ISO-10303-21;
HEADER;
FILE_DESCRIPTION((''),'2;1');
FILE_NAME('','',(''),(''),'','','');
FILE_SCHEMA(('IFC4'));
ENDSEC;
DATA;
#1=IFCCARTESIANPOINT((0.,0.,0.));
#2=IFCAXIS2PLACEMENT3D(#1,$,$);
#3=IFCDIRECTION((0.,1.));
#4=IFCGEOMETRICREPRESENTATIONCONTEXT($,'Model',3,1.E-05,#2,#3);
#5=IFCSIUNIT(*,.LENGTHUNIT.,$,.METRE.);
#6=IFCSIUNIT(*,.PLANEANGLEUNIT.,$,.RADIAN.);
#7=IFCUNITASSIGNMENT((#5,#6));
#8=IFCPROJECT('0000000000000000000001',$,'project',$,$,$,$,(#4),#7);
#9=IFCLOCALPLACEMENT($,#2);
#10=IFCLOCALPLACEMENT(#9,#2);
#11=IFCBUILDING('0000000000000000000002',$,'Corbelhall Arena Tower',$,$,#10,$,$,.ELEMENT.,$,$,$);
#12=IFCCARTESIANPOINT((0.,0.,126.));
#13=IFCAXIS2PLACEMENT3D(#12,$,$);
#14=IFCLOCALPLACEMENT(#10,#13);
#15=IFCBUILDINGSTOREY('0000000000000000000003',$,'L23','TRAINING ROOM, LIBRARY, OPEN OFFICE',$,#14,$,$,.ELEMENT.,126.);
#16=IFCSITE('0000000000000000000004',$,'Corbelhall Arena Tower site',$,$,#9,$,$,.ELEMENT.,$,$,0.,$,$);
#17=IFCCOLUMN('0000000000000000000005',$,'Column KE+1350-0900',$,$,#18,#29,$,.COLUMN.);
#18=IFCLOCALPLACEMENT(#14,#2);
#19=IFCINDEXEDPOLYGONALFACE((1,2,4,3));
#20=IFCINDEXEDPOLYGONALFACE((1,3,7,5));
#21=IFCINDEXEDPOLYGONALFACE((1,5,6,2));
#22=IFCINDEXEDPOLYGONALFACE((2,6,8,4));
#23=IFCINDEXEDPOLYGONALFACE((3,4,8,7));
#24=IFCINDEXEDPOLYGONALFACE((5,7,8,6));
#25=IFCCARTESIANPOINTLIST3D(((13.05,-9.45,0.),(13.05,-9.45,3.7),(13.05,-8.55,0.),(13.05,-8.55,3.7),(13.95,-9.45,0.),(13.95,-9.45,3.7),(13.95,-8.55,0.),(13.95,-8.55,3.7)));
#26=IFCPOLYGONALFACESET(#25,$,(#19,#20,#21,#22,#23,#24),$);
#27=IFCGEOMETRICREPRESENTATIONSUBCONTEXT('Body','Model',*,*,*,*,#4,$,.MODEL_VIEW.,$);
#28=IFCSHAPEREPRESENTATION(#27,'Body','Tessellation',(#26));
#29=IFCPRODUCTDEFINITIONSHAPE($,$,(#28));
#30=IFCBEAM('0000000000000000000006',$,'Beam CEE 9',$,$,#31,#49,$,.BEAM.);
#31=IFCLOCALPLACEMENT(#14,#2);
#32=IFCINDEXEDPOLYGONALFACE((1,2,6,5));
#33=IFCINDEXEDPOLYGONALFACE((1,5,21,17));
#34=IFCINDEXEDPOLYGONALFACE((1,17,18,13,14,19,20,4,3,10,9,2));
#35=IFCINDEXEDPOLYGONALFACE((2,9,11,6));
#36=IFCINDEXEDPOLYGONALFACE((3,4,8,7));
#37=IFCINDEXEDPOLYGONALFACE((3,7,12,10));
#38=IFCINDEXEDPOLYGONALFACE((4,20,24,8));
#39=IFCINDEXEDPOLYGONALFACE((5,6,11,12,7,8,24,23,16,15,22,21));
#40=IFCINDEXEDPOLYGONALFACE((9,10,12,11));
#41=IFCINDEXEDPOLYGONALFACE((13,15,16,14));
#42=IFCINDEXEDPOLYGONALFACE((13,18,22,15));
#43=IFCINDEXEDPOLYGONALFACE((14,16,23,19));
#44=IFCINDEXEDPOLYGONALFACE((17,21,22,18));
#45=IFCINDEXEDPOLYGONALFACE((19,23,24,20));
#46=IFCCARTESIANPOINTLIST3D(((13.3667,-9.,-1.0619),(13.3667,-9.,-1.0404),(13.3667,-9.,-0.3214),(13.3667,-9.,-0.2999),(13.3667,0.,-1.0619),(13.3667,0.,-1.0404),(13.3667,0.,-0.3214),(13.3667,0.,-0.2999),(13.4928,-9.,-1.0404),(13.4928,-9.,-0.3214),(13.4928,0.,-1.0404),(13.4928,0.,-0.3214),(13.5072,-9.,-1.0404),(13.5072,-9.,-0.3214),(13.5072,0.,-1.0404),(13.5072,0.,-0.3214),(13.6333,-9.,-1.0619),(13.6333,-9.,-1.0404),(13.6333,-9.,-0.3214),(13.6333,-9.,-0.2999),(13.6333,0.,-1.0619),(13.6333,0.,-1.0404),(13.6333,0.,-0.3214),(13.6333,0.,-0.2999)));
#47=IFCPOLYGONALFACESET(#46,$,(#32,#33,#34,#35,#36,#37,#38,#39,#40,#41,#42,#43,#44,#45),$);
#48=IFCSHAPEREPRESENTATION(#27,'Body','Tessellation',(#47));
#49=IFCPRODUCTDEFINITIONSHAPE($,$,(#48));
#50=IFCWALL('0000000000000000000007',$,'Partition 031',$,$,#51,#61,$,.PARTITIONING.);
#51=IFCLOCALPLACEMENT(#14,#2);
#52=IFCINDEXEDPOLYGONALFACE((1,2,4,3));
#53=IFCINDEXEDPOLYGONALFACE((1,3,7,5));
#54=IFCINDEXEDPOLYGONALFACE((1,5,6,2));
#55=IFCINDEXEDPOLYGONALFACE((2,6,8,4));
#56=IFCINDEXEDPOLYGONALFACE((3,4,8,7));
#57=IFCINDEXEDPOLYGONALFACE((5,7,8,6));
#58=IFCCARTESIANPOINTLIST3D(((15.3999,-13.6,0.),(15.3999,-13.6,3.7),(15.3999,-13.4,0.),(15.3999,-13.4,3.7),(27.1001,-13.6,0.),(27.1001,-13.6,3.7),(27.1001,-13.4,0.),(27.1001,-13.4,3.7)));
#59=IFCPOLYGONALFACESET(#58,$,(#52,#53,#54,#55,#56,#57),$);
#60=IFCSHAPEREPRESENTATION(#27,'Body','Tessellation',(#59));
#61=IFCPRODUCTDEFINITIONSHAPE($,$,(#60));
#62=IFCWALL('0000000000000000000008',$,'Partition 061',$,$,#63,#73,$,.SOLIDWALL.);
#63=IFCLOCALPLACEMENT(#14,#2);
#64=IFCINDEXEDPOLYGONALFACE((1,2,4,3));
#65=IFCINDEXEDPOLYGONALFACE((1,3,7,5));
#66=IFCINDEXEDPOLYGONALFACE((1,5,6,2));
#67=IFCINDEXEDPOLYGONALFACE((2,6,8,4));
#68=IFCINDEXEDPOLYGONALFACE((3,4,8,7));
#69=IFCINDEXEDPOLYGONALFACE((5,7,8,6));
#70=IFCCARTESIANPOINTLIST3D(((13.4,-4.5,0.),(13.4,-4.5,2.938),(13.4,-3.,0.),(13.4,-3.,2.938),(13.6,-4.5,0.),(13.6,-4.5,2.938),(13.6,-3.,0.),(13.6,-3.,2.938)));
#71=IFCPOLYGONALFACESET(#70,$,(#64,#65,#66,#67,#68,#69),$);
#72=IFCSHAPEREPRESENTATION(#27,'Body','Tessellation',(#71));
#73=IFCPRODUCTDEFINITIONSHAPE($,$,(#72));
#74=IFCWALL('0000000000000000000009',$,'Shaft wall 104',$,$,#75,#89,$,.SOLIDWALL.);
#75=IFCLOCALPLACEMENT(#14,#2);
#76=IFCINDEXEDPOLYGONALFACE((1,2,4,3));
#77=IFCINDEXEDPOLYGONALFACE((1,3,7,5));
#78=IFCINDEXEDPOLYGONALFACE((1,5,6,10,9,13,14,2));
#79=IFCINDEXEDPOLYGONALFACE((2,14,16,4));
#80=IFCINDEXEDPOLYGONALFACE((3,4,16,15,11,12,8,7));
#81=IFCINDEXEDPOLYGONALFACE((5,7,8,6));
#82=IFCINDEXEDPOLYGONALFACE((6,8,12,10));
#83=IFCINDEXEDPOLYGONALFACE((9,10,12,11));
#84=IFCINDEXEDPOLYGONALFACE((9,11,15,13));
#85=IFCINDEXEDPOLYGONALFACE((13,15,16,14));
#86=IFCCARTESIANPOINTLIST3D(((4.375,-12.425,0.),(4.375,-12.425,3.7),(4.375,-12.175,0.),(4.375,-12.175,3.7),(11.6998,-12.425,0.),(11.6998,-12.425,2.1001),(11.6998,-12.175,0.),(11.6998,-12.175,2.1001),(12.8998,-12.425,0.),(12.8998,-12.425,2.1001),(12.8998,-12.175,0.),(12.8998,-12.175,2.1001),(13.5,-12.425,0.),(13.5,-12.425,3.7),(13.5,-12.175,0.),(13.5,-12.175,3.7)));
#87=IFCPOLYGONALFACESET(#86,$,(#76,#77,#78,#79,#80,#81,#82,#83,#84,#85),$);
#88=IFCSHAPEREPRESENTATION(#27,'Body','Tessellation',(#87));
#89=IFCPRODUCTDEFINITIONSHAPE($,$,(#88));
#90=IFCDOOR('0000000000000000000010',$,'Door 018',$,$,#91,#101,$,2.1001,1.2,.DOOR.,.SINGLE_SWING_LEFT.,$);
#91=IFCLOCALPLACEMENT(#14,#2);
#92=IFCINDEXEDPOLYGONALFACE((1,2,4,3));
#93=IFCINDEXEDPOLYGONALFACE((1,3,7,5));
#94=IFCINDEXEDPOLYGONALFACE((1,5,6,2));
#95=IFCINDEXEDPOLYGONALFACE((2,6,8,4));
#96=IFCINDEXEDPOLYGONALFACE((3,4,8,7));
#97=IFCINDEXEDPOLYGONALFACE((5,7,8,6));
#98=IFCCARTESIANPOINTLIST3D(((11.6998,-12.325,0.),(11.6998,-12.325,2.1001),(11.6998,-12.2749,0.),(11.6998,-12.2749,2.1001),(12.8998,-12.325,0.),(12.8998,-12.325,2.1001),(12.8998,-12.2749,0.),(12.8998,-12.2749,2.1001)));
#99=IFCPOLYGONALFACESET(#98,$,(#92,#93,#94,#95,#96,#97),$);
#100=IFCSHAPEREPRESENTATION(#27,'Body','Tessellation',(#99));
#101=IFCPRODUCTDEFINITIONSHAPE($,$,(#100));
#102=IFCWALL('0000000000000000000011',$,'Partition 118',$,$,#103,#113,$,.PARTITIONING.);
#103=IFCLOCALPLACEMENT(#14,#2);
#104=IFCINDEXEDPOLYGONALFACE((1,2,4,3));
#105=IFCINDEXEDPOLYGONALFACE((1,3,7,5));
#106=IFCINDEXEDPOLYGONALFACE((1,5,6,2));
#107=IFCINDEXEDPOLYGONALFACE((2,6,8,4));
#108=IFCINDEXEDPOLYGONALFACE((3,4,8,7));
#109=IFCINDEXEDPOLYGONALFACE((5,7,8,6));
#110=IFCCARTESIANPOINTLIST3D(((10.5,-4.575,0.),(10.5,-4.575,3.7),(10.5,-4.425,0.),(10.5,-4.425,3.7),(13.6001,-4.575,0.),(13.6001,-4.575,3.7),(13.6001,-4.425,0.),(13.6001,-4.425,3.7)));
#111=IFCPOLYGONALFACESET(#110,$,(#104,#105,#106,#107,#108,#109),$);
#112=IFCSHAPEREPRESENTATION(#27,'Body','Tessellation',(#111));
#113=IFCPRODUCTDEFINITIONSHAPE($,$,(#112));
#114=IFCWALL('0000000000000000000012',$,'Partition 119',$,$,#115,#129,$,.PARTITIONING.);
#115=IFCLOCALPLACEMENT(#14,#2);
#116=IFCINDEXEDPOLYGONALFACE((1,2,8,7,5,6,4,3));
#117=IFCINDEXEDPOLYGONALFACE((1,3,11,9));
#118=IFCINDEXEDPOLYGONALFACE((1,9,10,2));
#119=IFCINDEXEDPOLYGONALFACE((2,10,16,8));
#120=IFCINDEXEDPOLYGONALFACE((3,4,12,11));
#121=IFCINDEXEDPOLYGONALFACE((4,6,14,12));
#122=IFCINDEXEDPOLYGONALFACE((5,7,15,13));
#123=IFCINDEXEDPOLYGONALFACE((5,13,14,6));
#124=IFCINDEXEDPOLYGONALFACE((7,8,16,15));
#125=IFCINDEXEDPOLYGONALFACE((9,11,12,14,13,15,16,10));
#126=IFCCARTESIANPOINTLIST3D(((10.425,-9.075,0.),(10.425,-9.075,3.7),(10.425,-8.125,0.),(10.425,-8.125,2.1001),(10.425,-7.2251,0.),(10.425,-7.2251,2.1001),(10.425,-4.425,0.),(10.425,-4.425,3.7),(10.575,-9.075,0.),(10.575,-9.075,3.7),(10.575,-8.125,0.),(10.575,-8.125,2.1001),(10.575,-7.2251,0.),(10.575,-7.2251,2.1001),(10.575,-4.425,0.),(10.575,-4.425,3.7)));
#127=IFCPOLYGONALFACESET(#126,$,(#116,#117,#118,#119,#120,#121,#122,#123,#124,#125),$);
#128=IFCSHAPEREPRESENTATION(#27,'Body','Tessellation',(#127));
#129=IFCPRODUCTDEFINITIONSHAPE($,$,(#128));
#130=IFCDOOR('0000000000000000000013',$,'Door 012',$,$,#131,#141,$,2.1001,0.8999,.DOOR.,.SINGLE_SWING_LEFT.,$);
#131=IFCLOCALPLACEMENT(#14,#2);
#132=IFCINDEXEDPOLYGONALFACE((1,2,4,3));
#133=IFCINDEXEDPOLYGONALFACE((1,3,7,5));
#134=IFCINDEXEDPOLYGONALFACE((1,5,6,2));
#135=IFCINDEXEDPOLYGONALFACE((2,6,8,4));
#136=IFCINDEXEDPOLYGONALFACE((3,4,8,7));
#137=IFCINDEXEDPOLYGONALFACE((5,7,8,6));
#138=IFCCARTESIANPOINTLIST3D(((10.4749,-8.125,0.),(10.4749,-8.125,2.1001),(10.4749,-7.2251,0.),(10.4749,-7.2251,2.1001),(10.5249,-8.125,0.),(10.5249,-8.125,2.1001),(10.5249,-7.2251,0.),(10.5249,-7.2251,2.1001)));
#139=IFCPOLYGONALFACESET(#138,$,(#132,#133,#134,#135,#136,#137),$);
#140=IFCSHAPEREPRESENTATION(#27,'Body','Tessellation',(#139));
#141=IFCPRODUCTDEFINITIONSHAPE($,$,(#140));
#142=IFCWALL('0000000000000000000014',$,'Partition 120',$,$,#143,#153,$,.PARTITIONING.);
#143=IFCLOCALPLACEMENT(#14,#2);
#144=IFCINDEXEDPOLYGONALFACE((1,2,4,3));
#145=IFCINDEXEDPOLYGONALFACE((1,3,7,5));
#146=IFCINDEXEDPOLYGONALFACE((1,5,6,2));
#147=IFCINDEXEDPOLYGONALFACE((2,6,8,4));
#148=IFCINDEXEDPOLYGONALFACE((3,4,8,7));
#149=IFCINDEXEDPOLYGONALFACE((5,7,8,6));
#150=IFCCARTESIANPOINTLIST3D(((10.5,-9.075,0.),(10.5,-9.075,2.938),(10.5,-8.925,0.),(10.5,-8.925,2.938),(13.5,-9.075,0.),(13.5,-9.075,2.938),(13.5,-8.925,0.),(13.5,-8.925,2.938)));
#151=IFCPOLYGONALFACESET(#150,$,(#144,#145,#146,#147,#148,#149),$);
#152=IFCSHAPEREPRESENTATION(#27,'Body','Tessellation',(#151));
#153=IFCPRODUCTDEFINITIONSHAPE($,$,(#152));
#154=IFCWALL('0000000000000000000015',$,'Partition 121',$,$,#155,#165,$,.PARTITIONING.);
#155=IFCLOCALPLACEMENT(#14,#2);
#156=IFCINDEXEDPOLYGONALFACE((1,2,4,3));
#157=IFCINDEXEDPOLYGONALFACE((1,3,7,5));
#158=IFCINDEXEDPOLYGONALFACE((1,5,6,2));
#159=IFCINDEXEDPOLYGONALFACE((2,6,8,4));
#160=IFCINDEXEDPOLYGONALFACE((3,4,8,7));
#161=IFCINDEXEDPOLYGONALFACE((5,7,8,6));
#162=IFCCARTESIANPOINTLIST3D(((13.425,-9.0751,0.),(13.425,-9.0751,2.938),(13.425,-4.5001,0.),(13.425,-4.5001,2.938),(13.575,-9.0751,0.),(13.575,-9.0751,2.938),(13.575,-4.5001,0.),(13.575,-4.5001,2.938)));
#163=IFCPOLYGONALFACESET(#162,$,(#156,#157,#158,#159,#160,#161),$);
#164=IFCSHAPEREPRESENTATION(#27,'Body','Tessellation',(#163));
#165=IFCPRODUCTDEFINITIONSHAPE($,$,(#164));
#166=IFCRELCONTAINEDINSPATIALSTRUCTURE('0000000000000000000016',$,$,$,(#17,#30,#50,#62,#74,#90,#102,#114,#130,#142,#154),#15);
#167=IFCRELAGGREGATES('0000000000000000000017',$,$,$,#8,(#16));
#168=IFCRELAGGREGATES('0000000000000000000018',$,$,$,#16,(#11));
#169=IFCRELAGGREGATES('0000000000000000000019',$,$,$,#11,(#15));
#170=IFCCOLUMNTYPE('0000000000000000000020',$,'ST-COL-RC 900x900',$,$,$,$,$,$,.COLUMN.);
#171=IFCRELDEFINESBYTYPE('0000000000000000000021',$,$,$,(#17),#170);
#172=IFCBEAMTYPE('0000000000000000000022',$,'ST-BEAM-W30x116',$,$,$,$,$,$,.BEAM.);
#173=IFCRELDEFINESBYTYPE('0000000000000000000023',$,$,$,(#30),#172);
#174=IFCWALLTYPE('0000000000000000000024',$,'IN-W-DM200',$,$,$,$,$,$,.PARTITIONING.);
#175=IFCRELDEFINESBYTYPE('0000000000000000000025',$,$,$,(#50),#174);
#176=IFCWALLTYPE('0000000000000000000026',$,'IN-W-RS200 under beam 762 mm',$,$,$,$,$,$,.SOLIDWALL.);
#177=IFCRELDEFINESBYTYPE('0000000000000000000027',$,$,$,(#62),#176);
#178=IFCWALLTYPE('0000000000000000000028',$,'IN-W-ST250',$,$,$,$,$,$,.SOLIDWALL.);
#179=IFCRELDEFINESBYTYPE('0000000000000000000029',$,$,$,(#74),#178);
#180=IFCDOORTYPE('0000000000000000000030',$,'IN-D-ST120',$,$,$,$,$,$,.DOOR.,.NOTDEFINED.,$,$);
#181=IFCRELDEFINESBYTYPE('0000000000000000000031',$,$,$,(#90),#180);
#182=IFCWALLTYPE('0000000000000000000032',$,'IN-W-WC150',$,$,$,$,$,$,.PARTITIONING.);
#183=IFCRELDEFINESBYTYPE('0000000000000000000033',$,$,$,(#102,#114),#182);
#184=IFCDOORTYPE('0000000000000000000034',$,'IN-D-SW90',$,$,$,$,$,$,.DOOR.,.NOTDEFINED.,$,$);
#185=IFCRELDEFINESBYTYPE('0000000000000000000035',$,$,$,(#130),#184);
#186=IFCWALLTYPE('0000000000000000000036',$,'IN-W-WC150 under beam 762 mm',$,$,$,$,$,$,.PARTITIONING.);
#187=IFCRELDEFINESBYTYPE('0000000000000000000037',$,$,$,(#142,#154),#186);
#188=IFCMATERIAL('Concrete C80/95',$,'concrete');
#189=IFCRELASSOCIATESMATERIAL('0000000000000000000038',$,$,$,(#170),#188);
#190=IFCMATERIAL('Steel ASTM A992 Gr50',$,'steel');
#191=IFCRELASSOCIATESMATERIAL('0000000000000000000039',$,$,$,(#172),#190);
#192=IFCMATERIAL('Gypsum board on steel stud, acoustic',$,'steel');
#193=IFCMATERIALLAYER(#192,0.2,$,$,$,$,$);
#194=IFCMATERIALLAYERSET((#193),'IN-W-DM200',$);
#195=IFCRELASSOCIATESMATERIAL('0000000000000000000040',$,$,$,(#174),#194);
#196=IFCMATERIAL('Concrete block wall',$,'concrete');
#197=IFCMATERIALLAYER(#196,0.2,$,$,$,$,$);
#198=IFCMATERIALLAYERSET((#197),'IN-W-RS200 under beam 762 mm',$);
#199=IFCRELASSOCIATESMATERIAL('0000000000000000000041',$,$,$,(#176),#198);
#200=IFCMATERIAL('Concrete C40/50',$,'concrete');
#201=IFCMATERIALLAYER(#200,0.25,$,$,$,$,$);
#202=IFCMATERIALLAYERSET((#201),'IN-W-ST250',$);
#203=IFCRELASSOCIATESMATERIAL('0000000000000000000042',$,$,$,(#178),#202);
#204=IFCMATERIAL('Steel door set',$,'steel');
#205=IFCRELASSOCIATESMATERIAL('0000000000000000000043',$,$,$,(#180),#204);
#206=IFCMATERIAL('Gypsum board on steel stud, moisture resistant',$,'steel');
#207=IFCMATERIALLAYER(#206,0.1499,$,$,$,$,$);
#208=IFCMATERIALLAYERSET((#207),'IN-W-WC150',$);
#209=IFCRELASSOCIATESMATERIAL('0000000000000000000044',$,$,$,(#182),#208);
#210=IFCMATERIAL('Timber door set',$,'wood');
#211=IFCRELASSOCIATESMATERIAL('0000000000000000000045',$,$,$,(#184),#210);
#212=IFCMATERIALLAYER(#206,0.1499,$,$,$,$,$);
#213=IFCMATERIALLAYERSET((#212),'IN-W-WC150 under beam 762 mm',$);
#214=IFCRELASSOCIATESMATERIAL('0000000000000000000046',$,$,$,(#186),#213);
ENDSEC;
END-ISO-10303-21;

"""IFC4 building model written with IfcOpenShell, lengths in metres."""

from ifc_helpers import new_model, si_unit, direction, frame, frame_2d, origin, origin_2d, place, context, subcontext, project, spatial, rectangle, i_section, extrude, material, layer, layer_set, material_profile, profile_set, type_object, element, fill, save


model = new_model("IFC4")

# Units and contexts
model_context = context("Model", 3, precision=1e-05, world=origin(), true_north=direction((0.0, 1.0)))
body_context = subcontext(model_context, "Body", "Model", "MODEL_VIEW")
ifc_project = project(units=[si_unit("LENGTHUNIT", "METRE"), si_unit("PLANEANGLEUNIT", "RADIAN")], contexts=[model_context])

# Site, building, storey
site_placement = place(None, origin())
site = spatial("IfcSite", under=ifc_project, at=site_placement, Name="Corbelhall Arena Tower site", CompositionType="ELEMENT", RefElevation=0.0)
building_placement = place(site_placement, origin())
building = spatial("IfcBuilding", under=site, at=building_placement, Name="Corbelhall Arena Tower", CompositionType="ELEMENT")
storey_placement = place(building_placement, frame((0.0, 0.0, 126.0)))
storey = spatial("IfcBuildingStorey", under=building, at=storey_placement, Name="L23", Description="TRAINING ROOM, LIBRARY, OPEN OFFICE", CompositionType="ELEMENT", Elevation=126.0)

# Column
ifc_material_1 = material(Name="Concrete C80/95", Category="concrete")
ifc_material_profile_1 = material_profile(ifc_material_1, rectangle(XDim=0.8999, YDim=0.8999, at=origin_2d()))
ifc_profile_set_1 = profile_set([ifc_material_profile_1], Name="Concrete C80/95")
column_type = type_object("IfcColumnType", Name="ST-COL-RC 900x900", PredefinedType="COLUMN", material=ifc_profile_set_1)
column_placement = place(storey_placement, frame((13.5, -9.0, 0.0), z_axis=(0.0, 0.0, 1.0), x_axis=(1.0, 0.0, 0.0)))
element("IfcColumn", 1, at=column_placement, inside=storey, type_object=column_type, Name="Column KE+1350-0900", PredefinedType="COLUMN", context=body_context, shape_type="SweptSolid", body=[
    extrude(rectangle(XDim=0.8999, YDim=0.8999, at=origin_2d()), origin(), (0.0, 0.0, 1.0), 3.7),
])

# Beam
ifc_material_2 = material(Name="Steel ASTM A992 Gr50", Category="steel")
ifc_material_profile_2 = material_profile(ifc_material_2, i_section(OverallWidth=0.2666, OverallDepth=0.762, WebThickness=0.0144, FlangeThickness=0.0215, at=origin_2d()))
ifc_profile_set_2 = profile_set([ifc_material_profile_2], Name="Steel ASTM A992 Gr50")
beam_type = type_object("IfcBeamType", Name="ST-BEAM-W30x116", PredefinedType="BEAM", material=ifc_profile_set_2)
beam_placement = place(storey_placement, frame((13.5, -9.0, -0.6809), z_axis=(0.0, 1.0, 0.0), x_axis=(-1.0, 0.0, 0.0)))
element("IfcBeam", 2, at=beam_placement, inside=storey, type_object=beam_type, Name="Beam CEE 9", PredefinedType="BEAM", context=body_context, shape_type="SweptSolid", body=[
    extrude(i_section(OverallWidth=0.2666, OverallDepth=0.762, WebThickness=0.0144, FlangeThickness=0.0215, at=origin_2d()), origin(), (0.0, 0.0, 1.0), 9.0),
])

# Shared definitions
ifc_material_3 = material(Name="Gypsum board on steel stud, acoustic", Category="steel")
ifc_layer_1 = layer(ifc_material_3, 0.2)
ifc_layer_set_1 = layer_set([ifc_layer_1], Name="IN-W-DM200")
wall_type_1 = type_object("IfcWallType", Name="IN-W-DM200", PredefinedType="PARTITIONING", material=ifc_layer_set_1)
ifc_material_4 = material(Name="Steel door set", Category="steel")

# Wall
wall_1_placement = place(storey_placement, frame((15.3999, -13.5, 0.0), z_axis=(0.0, 0.0, 1.0), x_axis=(1.0, 0.0, 0.0)))
element("IfcWall", 3, at=wall_1_placement, inside=storey, type_object=wall_type_1, Name="Partition 031", PredefinedType="PARTITIONING", context=body_context, shape_type="SweptSolid", body=[
    extrude(rectangle(XDim=11.7002, YDim=0.2, at=frame_2d((5.8501, 0.0))), origin(), (0.0, 0.0, 1.0), 3.7),
])

# Shared definitions
ifc_material_5 = material(Name="Concrete block wall", Category="concrete")

# Wall
ifc_layer_2 = layer(ifc_material_5, 0.2)
ifc_layer_set_2 = layer_set([ifc_layer_2], Name="IN-W-RS200 under beam 762 mm")
wall_type_2 = type_object("IfcWallType", Name="IN-W-RS200 under beam 762 mm", PredefinedType="SOLIDWALL", material=ifc_layer_set_2)
wall_2_placement = place(storey_placement, frame((13.5, -3.0, 0.0), z_axis=(0.0, 0.0, 1.0), x_axis=(0.0, -1.0, 0.0)))
element("IfcWall", 4, at=wall_2_placement, inside=storey, type_object=wall_type_2, Name="Partition 061", PredefinedType="SOLIDWALL", context=body_context, shape_type="SweptSolid", body=[
    extrude(rectangle(XDim=1.5, YDim=0.2, at=frame_2d((0.75, 0.0))), origin(), (0.0, 0.0, 1.0), 2.938),
])

# Wall, opening, door
ifc_material_6 = material(Name="Concrete C40/50", Category="concrete")
ifc_layer_3 = layer(ifc_material_6, 0.25)
ifc_layer_set_3 = layer_set([ifc_layer_3], Name="IN-W-ST250")
wall_type_3 = type_object("IfcWallType", Name="IN-W-ST250", PredefinedType="SOLIDWALL", material=ifc_layer_set_3)
wall_3_placement = place(storey_placement, frame((13.5, -12.3, 0.0), z_axis=(0.0, 0.0, 1.0), x_axis=(-1.0, 0.0, 0.0)))
wall_3 = element("IfcWall", 5, at=wall_3_placement, inside=storey, type_object=wall_type_3, Name="Shaft wall 104", PredefinedType="SOLIDWALL", context=body_context, shape_type="SweptSolid", body=[
    extrude(rectangle(XDim=9.125, YDim=0.25, at=frame_2d((4.5625, 0.0))), origin(), (0.0, 0.0, 1.0), 3.7),
])
opening_1_placement = place(wall_3_placement, frame((0.6001, 0.0, 0.0)))
opening_1 = element("IfcOpeningElement", 6, at=opening_1_placement, cuts=wall_3, PredefinedType="OPENING", context=body_context, shape_type="SweptSolid", body=[
    extrude(rectangle(XDim=1.2, YDim=2.1001, at=frame_2d((0.6001, 1.05))), frame((0.0, 0.125, 0.0), z_axis=(0.0, -1.0, 0.0), x_axis=(1.0, 0.0, 0.0)), (0.0, 0.0, 1.0), 0.25),
])
door_type_1 = type_object("IfcDoorType", Name="IN-D-ST120", OperationType="NOTDEFINED", PredefinedType="DOOR", material=ifc_material_4)
door_1_placement = place(opening_1_placement, origin())
door_1 = element("IfcDoor", 7, at=door_1_placement, inside=storey, type_object=door_type_1, Name="Door 018", OperationType="SINGLE_SWING_LEFT", OverallHeight=2.1001, OverallWidth=1.2, PredefinedType="DOOR", context=body_context, shape_type="SweptSolid", body=[
    extrude(rectangle(XDim=1.2, YDim=2.1001, at=frame_2d((0.6001, 1.05))), frame((0.0, 0.0249, 0.0), z_axis=(0.0, -1.0, 0.0), x_axis=(1.0, 0.0, 0.0)), (0.0, 0.0, 1.0), 0.05),
])
fill(opening_1, door_1)

# Wall
ifc_material_7 = material(Name="Gypsum board on steel stud, moisture resistant", Category="steel")
ifc_layer_4 = layer(ifc_material_7, 0.1499)
ifc_layer_set_4 = layer_set([ifc_layer_4], Name="IN-W-WC150")
wall_type_4 = type_object("IfcWallType", Name="IN-W-WC150", PredefinedType="PARTITIONING", material=ifc_layer_set_4)
wall_4_placement = place(storey_placement, frame((10.5, -4.5, 0.0), z_axis=(0.0, 0.0, 1.0), x_axis=(1.0, 0.0, 0.0)))
element("IfcWall", 8, at=wall_4_placement, inside=storey, type_object=wall_type_4, Name="Partition 118", PredefinedType="PARTITIONING", context=body_context, shape_type="SweptSolid", body=[
    extrude(rectangle(XDim=3.1001, YDim=0.1499, at=frame_2d((1.55, 0.0))), origin(), (0.0, 0.0, 1.0), 3.7),
])

# Wall, opening, door
wall_5_placement = place(storey_placement, frame((10.5, -4.425, 0.0), z_axis=(0.0, 0.0, 1.0), x_axis=(0.0, -1.0, 0.0)))
wall_5 = element("IfcWall", 9, at=wall_5_placement, inside=storey, type_object=wall_type_4, Name="Partition 119", PredefinedType="PARTITIONING", context=body_context, shape_type="SweptSolid", body=[
    extrude(rectangle(XDim=4.6499, YDim=0.1499, at=frame_2d((2.325, 0.0))), origin(), (0.0, 0.0, 1.0), 3.7),
])
opening_2_placement = place(wall_5_placement, frame((2.8, 0.0, 0.0)))
opening_2 = element("IfcOpeningElement", 10, at=opening_2_placement, cuts=wall_5, PredefinedType="OPENING", context=body_context, shape_type="SweptSolid", body=[
    extrude(rectangle(XDim=0.8999, YDim=2.1001, at=frame_2d((0.45, 1.05))), frame((0.0, 0.075, 0.0), z_axis=(0.0, -1.0, 0.0), x_axis=(1.0, 0.0, 0.0)), (0.0, 0.0, 1.0), 0.1499),
])
ifc_material_8 = material(Name="Timber door set", Category="wood")
door_type_2 = type_object("IfcDoorType", Name="IN-D-SW90", OperationType="NOTDEFINED", PredefinedType="DOOR", material=ifc_material_8)
door_2_placement = place(opening_2_placement, origin())
door_2 = element("IfcDoor", 11, at=door_2_placement, inside=storey, type_object=door_type_2, Name="Door 012", OperationType="SINGLE_SWING_LEFT", OverallHeight=2.1001, OverallWidth=0.8999, PredefinedType="DOOR", context=body_context, shape_type="SweptSolid", body=[
    extrude(rectangle(XDim=0.8999, YDim=2.1001, at=frame_2d((0.45, 1.05))), frame((0.0, 0.0249, 0.0), z_axis=(0.0, -1.0, 0.0), x_axis=(1.0, 0.0, 0.0)), (0.0, 0.0, 1.0), 0.05),
])
fill(opening_2, door_2)

# Walls
ifc_layer_5 = layer(ifc_material_7, 0.1499)
ifc_layer_set_5 = layer_set([ifc_layer_5], Name="IN-W-WC150 under beam 762 mm")
wall_type_5 = type_object("IfcWallType", Name="IN-W-WC150 under beam 762 mm", PredefinedType="PARTITIONING", material=ifc_layer_set_5)
wall_6_placement = place(storey_placement, frame((13.5, -9.0, 0.0), z_axis=(0.0, 0.0, 1.0), x_axis=(-1.0, 0.0, 0.0)))
element("IfcWall", 12, at=wall_6_placement, inside=storey, type_object=wall_type_5, Name="Partition 120", PredefinedType="PARTITIONING", context=body_context, shape_type="SweptSolid", body=[
    extrude(rectangle(XDim=3.0, YDim=0.1499, at=frame_2d((1.5, 0.0))), origin(), (0.0, 0.0, 1.0), 2.938),
])
wall_7_placement = place(storey_placement, frame((13.5, -4.5, 0.0), z_axis=(0.0, 0.0, 1.0), x_axis=(0.0, -1.0, 0.0)))
element("IfcWall", 13, at=wall_7_placement, inside=storey, type_object=wall_type_5, Name="Partition 121", PredefinedType="PARTITIONING", context=body_context, shape_type="SweptSolid", body=[
    extrude(rectangle(XDim=4.575, YDim=0.1499, at=frame_2d((2.2876, 0.0))), origin(), (0.0, 0.0, 1.0), 2.938),
])

save(model, "model.ifc")
